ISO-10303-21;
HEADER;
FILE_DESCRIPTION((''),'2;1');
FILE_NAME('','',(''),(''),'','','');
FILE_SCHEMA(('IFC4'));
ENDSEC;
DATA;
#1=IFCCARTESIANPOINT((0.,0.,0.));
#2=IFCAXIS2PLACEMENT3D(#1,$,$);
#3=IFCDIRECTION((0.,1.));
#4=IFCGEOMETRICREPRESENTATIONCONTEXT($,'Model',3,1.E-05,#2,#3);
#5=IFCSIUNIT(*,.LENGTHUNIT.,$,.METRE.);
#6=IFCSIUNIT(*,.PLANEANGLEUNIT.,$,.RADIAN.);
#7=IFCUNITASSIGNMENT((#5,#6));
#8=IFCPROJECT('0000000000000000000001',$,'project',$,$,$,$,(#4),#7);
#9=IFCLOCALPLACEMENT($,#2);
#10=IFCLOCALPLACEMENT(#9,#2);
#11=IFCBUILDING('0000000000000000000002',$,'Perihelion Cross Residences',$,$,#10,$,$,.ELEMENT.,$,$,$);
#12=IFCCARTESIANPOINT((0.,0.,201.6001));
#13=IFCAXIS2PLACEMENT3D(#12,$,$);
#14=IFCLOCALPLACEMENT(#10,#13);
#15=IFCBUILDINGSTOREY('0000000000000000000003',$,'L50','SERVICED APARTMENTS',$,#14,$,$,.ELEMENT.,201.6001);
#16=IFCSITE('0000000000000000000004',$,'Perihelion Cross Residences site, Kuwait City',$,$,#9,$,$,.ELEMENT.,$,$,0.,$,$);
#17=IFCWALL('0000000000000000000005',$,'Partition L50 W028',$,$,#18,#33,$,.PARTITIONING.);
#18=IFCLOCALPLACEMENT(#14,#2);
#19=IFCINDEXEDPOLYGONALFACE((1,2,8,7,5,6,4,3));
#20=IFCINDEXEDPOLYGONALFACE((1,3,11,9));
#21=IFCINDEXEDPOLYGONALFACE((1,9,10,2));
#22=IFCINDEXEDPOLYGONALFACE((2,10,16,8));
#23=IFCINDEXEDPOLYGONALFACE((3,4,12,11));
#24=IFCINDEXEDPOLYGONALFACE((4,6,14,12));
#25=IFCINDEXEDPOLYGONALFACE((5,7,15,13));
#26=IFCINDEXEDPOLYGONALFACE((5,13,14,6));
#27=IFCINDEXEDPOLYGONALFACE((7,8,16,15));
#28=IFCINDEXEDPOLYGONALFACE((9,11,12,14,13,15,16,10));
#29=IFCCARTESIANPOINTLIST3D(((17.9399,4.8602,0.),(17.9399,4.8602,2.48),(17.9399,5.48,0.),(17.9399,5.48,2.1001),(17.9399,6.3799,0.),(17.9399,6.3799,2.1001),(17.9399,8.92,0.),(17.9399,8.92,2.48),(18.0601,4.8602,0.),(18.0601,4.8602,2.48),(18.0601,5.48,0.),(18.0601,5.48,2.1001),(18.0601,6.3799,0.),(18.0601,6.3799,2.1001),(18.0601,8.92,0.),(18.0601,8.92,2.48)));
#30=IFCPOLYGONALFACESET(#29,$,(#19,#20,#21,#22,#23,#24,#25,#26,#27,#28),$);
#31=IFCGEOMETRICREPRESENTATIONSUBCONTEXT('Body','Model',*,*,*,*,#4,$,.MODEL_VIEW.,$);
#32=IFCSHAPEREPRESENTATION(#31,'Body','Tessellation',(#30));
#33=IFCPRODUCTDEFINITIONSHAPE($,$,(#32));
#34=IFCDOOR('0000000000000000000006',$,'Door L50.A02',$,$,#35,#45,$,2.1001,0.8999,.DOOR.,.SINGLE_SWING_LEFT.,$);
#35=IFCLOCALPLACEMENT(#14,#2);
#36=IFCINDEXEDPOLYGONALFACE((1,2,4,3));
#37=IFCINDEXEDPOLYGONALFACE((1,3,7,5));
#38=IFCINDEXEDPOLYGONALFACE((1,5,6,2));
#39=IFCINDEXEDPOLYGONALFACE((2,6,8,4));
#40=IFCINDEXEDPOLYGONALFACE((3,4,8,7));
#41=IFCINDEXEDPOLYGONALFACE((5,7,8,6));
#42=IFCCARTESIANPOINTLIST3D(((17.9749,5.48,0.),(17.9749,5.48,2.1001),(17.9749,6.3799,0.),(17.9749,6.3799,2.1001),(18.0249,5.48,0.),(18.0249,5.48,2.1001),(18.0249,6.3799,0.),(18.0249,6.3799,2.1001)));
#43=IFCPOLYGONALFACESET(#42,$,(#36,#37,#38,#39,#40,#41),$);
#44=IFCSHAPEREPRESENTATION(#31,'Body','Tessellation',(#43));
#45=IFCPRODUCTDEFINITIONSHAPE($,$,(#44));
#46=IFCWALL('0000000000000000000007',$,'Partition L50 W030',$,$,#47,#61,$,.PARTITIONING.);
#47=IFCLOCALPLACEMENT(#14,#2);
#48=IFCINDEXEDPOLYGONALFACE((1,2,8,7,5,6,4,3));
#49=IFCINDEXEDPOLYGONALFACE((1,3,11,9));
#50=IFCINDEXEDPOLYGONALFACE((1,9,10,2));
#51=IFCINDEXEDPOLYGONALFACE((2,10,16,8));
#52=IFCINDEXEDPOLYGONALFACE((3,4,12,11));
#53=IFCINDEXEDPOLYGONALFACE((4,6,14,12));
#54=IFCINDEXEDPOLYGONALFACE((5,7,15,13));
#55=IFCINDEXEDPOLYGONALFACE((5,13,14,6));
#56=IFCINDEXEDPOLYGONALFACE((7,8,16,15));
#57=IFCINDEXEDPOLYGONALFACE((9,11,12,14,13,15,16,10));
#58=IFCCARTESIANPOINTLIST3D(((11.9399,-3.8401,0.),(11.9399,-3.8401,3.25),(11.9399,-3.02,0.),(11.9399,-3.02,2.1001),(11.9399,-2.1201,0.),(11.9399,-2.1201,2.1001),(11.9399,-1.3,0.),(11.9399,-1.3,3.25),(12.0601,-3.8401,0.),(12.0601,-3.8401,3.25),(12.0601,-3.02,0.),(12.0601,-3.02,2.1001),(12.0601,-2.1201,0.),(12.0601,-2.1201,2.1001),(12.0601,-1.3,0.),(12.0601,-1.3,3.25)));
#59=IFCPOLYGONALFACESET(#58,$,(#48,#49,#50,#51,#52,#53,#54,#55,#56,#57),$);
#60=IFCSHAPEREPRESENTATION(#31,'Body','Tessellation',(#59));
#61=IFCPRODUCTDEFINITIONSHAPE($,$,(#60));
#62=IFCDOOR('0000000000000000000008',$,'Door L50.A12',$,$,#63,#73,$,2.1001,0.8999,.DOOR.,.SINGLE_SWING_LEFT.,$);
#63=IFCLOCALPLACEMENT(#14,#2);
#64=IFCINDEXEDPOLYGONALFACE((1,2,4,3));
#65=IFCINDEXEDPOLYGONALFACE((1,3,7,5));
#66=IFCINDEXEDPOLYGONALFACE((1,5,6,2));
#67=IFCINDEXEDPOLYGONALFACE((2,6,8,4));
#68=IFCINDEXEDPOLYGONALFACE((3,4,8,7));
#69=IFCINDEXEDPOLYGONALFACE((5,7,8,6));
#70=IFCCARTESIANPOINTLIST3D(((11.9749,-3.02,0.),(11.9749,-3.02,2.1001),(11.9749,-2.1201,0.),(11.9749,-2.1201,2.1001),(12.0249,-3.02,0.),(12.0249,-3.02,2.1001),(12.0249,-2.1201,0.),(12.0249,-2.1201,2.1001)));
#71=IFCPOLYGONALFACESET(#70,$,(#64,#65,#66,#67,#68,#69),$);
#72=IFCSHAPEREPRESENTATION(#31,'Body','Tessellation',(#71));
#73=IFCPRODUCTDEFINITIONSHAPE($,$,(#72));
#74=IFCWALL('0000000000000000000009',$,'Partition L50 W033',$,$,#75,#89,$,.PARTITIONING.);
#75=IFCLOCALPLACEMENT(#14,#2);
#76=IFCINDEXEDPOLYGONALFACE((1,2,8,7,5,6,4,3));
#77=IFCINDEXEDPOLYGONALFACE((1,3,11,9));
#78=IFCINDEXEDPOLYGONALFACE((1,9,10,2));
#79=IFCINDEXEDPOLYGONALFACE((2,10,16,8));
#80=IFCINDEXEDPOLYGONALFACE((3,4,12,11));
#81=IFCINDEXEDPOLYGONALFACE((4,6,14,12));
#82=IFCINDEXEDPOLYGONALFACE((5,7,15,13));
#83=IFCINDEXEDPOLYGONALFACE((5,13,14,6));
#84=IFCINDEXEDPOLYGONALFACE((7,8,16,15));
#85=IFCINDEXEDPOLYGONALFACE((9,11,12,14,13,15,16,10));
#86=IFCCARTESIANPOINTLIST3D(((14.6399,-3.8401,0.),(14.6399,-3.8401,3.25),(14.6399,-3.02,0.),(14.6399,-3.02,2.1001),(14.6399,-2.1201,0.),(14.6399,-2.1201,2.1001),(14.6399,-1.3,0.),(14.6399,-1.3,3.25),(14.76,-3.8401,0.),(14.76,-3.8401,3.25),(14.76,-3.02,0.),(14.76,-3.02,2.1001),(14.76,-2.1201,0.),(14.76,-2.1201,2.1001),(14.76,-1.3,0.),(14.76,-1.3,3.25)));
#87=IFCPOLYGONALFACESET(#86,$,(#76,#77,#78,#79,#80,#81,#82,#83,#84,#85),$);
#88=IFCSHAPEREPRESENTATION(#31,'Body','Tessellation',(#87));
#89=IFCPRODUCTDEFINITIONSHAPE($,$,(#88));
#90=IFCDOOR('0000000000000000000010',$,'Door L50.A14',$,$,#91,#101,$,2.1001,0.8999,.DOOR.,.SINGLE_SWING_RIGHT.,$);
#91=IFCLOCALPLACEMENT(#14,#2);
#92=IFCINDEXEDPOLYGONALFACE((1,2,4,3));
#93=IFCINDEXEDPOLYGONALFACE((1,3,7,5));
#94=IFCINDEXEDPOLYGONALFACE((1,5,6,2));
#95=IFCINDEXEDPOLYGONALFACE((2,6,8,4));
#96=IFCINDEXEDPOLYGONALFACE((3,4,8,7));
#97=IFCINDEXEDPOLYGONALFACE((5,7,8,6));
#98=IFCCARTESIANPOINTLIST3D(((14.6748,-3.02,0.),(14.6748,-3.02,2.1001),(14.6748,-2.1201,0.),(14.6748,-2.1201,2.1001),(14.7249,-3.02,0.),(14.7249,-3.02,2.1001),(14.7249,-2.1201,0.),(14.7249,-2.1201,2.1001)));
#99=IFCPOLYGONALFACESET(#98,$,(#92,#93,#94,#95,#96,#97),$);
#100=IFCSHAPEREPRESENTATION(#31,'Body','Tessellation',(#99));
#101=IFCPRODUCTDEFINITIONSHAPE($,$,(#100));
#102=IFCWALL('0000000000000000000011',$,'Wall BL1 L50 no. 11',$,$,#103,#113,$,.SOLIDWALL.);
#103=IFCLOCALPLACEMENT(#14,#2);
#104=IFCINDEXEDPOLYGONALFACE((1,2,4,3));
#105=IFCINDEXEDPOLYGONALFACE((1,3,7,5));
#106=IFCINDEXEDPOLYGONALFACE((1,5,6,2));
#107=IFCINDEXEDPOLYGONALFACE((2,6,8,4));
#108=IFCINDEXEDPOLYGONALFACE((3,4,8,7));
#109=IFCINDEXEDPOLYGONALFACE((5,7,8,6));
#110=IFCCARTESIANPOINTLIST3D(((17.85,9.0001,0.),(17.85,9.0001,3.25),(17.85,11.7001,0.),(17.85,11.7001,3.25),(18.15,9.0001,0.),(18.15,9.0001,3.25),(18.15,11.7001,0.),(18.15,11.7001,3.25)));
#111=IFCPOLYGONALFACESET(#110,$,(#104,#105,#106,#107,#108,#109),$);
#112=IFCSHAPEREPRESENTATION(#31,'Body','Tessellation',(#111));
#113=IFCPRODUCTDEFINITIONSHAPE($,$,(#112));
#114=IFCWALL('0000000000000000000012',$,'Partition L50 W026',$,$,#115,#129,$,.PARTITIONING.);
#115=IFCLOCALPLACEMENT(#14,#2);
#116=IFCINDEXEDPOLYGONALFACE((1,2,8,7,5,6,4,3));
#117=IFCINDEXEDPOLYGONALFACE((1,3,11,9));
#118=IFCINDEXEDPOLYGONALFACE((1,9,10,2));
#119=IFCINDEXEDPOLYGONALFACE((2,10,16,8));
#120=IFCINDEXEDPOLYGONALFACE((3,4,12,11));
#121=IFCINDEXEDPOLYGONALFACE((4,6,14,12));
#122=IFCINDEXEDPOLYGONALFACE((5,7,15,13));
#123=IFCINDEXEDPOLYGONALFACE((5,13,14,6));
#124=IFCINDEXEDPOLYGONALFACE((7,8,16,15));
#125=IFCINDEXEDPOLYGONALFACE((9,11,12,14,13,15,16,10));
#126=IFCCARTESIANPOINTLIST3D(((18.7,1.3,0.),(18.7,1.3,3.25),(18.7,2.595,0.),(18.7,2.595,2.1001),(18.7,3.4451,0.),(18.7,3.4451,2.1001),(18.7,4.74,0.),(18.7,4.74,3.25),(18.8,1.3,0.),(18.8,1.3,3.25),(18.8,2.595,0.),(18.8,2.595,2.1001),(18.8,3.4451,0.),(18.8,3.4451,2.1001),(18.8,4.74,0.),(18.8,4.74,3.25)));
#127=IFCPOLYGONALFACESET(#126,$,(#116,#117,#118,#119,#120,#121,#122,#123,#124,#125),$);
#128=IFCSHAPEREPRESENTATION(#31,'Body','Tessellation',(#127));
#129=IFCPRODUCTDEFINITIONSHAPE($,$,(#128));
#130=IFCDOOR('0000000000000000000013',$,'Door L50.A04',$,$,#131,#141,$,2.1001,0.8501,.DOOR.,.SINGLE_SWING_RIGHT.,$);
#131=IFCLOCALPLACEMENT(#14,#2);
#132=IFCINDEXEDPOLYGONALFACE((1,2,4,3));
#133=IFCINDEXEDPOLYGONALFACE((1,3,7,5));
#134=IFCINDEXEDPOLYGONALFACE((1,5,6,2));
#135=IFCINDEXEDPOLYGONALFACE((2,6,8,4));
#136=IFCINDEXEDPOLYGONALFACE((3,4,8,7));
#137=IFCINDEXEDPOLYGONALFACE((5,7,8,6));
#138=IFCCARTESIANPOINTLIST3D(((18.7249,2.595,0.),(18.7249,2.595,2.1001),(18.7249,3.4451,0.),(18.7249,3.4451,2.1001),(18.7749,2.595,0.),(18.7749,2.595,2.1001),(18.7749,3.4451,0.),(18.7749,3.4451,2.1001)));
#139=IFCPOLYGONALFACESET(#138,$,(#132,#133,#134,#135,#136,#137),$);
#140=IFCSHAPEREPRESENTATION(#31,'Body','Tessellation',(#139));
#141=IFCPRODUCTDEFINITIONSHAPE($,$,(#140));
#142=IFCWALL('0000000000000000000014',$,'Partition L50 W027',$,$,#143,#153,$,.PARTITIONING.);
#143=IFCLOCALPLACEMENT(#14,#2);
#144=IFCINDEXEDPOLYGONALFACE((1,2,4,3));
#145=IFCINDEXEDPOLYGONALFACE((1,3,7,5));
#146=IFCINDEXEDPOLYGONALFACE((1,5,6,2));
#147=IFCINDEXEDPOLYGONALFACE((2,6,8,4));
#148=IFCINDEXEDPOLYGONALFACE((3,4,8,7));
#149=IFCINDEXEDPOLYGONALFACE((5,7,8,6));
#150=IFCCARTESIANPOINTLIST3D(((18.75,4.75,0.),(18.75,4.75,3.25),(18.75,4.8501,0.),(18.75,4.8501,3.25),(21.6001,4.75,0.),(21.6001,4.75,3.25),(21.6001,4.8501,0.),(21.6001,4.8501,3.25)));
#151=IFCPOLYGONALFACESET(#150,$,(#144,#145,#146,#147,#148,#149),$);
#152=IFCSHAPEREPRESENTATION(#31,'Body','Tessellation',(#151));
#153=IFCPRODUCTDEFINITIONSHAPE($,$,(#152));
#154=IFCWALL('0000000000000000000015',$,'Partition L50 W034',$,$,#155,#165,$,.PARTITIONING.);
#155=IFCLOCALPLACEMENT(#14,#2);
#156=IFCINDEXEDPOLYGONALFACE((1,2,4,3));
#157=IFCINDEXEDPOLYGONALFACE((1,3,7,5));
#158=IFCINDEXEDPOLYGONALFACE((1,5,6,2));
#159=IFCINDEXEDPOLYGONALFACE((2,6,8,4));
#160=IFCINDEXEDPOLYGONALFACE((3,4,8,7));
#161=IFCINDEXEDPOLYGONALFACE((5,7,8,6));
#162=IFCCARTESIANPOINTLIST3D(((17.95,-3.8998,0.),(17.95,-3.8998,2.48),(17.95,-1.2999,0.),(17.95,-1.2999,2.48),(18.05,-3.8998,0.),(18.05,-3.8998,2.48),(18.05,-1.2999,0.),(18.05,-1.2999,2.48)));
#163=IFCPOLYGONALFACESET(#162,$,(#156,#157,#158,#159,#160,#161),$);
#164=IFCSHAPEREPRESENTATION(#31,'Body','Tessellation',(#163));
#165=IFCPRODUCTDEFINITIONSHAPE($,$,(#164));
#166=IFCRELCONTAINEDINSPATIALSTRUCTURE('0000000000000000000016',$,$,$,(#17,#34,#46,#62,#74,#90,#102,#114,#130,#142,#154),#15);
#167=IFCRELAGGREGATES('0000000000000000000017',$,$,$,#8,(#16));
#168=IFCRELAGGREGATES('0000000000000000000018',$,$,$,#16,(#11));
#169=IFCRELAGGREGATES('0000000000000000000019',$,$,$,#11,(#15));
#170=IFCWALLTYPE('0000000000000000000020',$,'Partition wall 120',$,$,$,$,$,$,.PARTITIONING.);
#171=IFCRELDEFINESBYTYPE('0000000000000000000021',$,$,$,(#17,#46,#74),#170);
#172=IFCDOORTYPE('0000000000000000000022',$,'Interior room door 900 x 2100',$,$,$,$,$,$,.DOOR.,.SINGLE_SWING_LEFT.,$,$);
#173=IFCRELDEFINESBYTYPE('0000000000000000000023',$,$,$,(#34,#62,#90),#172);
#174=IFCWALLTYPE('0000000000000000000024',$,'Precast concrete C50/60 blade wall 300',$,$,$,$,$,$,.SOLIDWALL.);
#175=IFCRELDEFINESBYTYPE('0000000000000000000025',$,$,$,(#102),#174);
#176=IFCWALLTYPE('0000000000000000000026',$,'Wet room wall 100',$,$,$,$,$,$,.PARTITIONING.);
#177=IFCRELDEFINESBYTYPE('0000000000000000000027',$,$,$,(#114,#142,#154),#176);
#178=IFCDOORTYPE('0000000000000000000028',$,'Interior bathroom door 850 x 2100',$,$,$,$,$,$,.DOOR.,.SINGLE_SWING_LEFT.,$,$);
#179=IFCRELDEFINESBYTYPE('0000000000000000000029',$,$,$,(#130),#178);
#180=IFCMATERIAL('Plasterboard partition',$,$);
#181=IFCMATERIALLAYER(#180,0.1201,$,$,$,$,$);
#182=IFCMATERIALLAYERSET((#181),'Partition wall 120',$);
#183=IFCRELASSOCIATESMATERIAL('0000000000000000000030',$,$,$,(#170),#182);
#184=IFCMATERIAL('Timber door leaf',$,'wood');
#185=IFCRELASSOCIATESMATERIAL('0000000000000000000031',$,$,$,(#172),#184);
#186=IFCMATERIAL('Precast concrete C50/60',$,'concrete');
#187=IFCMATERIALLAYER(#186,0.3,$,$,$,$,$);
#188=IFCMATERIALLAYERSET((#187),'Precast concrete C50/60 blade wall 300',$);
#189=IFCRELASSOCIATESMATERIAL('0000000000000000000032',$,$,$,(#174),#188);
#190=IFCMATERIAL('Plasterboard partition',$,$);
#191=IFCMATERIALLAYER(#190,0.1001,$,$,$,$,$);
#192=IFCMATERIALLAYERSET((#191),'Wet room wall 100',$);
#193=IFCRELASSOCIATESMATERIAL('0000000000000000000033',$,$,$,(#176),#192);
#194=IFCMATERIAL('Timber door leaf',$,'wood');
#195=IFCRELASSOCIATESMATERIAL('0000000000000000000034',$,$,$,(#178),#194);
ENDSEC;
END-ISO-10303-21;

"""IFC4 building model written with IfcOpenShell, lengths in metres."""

from ifc_helpers import new_model, si_unit, direction, frame, frame_2d, origin, place, context, subcontext, project, spatial, rectangle, extrude, material, layer, layer_set, type_object, element, fill, save


model = new_model("IFC4")

# Units and contexts
model_context = context("Model", 3, precision=1e-05, world=origin(), true_north=direction((0.0, 1.0)))
body_context = subcontext(model_context, "Body", "Model", "MODEL_VIEW")
ifc_project = project(units=[si_unit("LENGTHUNIT", "METRE"), si_unit("PLANEANGLEUNIT", "RADIAN")], contexts=[model_context])

# Site, building, storey
site_placement = place(None, origin())
site = spatial("IfcSite", under=ifc_project, at=site_placement, Name="Perihelion Cross Residences site, Kuwait City", CompositionType="ELEMENT", RefElevation=0.0)
building_placement = place(site_placement, origin())
building = spatial("IfcBuilding", under=site, at=building_placement, Name="Perihelion Cross Residences", CompositionType="ELEMENT")
storey_placement = place(building_placement, frame((0.0, 0.0, 201.6001)))
storey = spatial("IfcBuildingStorey", under=building, at=storey_placement, Name="L50", Description="SERVICED APARTMENTS", CompositionType="ELEMENT", Elevation=201.6001)

# Shared definitions
ifc_material_1 = material(Name="Plasterboard partition")
ifc_layer_1 = layer(ifc_material_1, 0.1201)
ifc_layer_set_1 = layer_set([ifc_layer_1], Name="Partition wall 120")
wall_type_1 = type_object("IfcWallType", Name="Partition wall 120", PredefinedType="PARTITIONING", material=ifc_layer_set_1)

# Walls, openings, doors
ifc_material_2 = material(Name="Timber door leaf", Category="wood")
door_type_1 = type_object("IfcDoorType", Name="Interior room door 900 x 2100", OperationType="SINGLE_SWING_LEFT", PredefinedType="DOOR", material=ifc_material_2)
wall_1_placement = place(storey_placement, frame((18.0, 8.9199, 0.0), z_axis=(0.0, 0.0, 1.0), x_axis=(0.0, -1.0, 0.0)))
wall_1 = element("IfcWall", 1, at=wall_1_placement, inside=storey, type_object=wall_type_1, Name="Partition L50 W028", PredefinedType="PARTITIONING", context=body_context, shape_type="SweptSolid", body=[
    extrude(rectangle(XDim=4.0598, YDim=0.1201, at=frame_2d((2.0298, 0.0))), origin(), (0.0, 0.0, 1.0), 2.48),
])
opening_1_placement = place(wall_1_placement, frame((2.54, 0.0, 0.0)))
opening_1 = element("IfcOpeningElement", 2, at=opening_1_placement, cuts=wall_1, PredefinedType="OPENING", context=body_context, shape_type="SweptSolid", body=[
    extrude(rectangle(XDim=0.8999, YDim=2.1001, at=frame_2d((0.45, 1.05))), frame((0.0, 0.0701, 0.0), z_axis=(0.0, -1.0, 0.0), x_axis=(1.0, 0.0, 0.0)), (0.0, 0.0, 1.0), 0.1401),
])
door_1_placement = place(opening_1_placement, origin())
door_1 = element("IfcDoor", 3, at=door_1_placement, inside=storey, type_object=door_type_1, Name="Door L50.A02", OperationType="SINGLE_SWING_LEFT", OverallHeight=2.1001, OverallWidth=0.8999, PredefinedType="DOOR", context=body_context, shape_type="SweptSolid", body=[
    extrude(rectangle(XDim=0.8999, YDim=2.1001, at=frame_2d((0.45, 1.05))), frame((0.0, 0.0249, 0.0), z_axis=(0.0, -1.0, 0.0), x_axis=(1.0, 0.0, 0.0)), (0.0, 0.0, 1.0), 0.05),
])
fill(opening_1, door_1)
wall_2_placement = place(storey_placement, frame((12.0, -1.3, 0.0), z_axis=(0.0, 0.0, 1.0), x_axis=(0.0, -1.0, 0.0)))
wall_2 = element("IfcWall", 4, at=wall_2_placement, inside=storey, type_object=wall_type_1, Name="Partition L50 W030", PredefinedType="PARTITIONING", context=body_context, shape_type="SweptSolid", body=[
    extrude(rectangle(XDim=2.54, YDim=0.1201, at=frame_2d((1.27, 0.0))), origin(), (0.0, 0.0, 1.0), 3.25),
])
opening_2_placement = place(wall_2_placement, frame((0.8201, 0.0, 0.0)))
opening_2 = element("IfcOpeningElement", 5, at=opening_2_placement, cuts=wall_2, PredefinedType="OPENING", context=body_context, shape_type="SweptSolid", body=[
    extrude(rectangle(XDim=0.8999, YDim=2.1001, at=frame_2d((0.45, 1.05))), frame((0.0, 0.0701, 0.0), z_axis=(0.0, -1.0, 0.0), x_axis=(1.0, 0.0, 0.0)), (0.0, 0.0, 1.0), 0.1401),
])
door_2_placement = place(opening_2_placement, origin())
door_2 = element("IfcDoor", 6, at=door_2_placement, inside=storey, type_object=door_type_1, Name="Door L50.A12", OperationType="SINGLE_SWING_LEFT", OverallHeight=2.1001, OverallWidth=0.8999, PredefinedType="DOOR", context=body_context, shape_type="SweptSolid", body=[
    extrude(rectangle(XDim=0.8999, YDim=2.1001, at=frame_2d((0.45, 1.05))), frame((0.0, 0.0249, 0.0), z_axis=(0.0, -1.0, 0.0), x_axis=(1.0, 0.0, 0.0)), (0.0, 0.0, 1.0), 0.05),
])
fill(opening_2, door_2)
wall_3_placement = place(storey_placement, frame((14.7, -1.3, 0.0), z_axis=(0.0, 0.0, 1.0), x_axis=(0.0, -1.0, 0.0)))
wall_3 = element("IfcWall", 7, at=wall_3_placement, inside=storey, type_object=wall_type_1, Name="Partition L50 W033", PredefinedType="PARTITIONING", context=body_context, shape_type="SweptSolid", body=[
    extrude(rectangle(XDim=2.54, YDim=0.1201, at=frame_2d((1.27, 0.0))), origin(), (0.0, 0.0, 1.0), 3.25),
])
opening_3_placement = place(wall_3_placement, frame((0.8201, 0.0, 0.0)))
opening_3 = element("IfcOpeningElement", 8, at=opening_3_placement, cuts=wall_3, PredefinedType="OPENING", context=body_context, shape_type="SweptSolid", body=[
    extrude(rectangle(XDim=0.8999, YDim=2.1001, at=frame_2d((0.45, 1.05))), frame((0.0, 0.0701, 0.0), z_axis=(0.0, -1.0, 0.0), x_axis=(1.0, 0.0, 0.0)), (0.0, 0.0, 1.0), 0.1401),
])
door_3_placement = place(opening_3_placement, origin())
door_3 = element("IfcDoor", 9, at=door_3_placement, inside=storey, type_object=door_type_1, Name="Door L50.A14", OperationType="SINGLE_SWING_RIGHT", OverallHeight=2.1001, OverallWidth=0.8999, PredefinedType="DOOR", context=body_context, shape_type="SweptSolid", body=[
    extrude(rectangle(XDim=0.8999, YDim=2.1001, at=frame_2d((0.45, 1.05))), frame((0.0, 0.0249, 0.0), z_axis=(0.0, -1.0, 0.0), x_axis=(1.0, 0.0, 0.0)), (0.0, 0.0, 1.0), 0.05),
])
fill(opening_3, door_3)

# Wall
ifc_material_3 = material(Name="Precast concrete C50/60", Category="concrete")
ifc_layer_2 = layer(ifc_material_3, 0.3)
ifc_layer_set_2 = layer_set([ifc_layer_2], Name="Precast concrete C50/60 blade wall 300")
wall_type_2 = type_object("IfcWallType", Name="Precast concrete C50/60 blade wall 300", PredefinedType="SOLIDWALL", material=ifc_layer_set_2)
wall_4_placement = place(storey_placement, frame((18.0, 9.0, 0.0), z_axis=(0.0, 0.0, 1.0), x_axis=(0.0, 1.0, 0.0)))
element("IfcWall", 10, at=wall_4_placement, inside=storey, type_object=wall_type_2, Name="Wall BL1 L50 no. 11", PredefinedType="SOLIDWALL", context=body_context, shape_type="SweptSolid", body=[
    extrude(rectangle(XDim=2.7, YDim=0.3, at=frame_2d((1.3501, 0.0))), origin(), (0.0, 0.0, 1.0), 3.25),
])

# Wall, opening, door
ifc_material_4 = material(Name="Plasterboard partition")
ifc_layer_3 = layer(ifc_material_4, 0.1001)
ifc_layer_set_3 = layer_set([ifc_layer_3], Name="Wet room wall 100")
wall_type_3 = type_object("IfcWallType", Name="Wet room wall 100", PredefinedType="PARTITIONING", material=ifc_layer_set_3)
wall_5_placement = place(storey_placement, frame((18.75, 4.74, 0.0), z_axis=(0.0, 0.0, 1.0), x_axis=(0.0, -1.0, 0.0)))
wall_5 = element("IfcWall", 11, at=wall_5_placement, inside=storey, type_object=wall_type_3, Name="Partition L50 W026", PredefinedType="PARTITIONING", context=body_context, shape_type="SweptSolid", body=[
    extrude(rectangle(XDim=3.4399, YDim=0.1001, at=frame_2d((1.72, 0.0))), origin(), (0.0, 0.0, 1.0), 3.25),
])
opening_4_placement = place(wall_5_placement, frame((1.2949, 0.0, 0.0)))
opening_4 = element("IfcOpeningElement", 12, at=opening_4_placement, cuts=wall_5, PredefinedType="OPENING", context=body_context, shape_type="SweptSolid", body=[
    extrude(rectangle(XDim=0.8501, YDim=2.1001, at=frame_2d((0.425, 1.05))), frame((0.0, 0.0601, 0.0), z_axis=(0.0, -1.0, 0.0), x_axis=(1.0, 0.0, 0.0)), (0.0, 0.0, 1.0), 0.1201),
])
ifc_material_5 = material(Name="Timber door leaf", Category="wood")
door_type_2 = type_object("IfcDoorType", Name="Interior bathroom door 850 x 2100", OperationType="SINGLE_SWING_LEFT", PredefinedType="DOOR", material=ifc_material_5)
door_4_placement = place(opening_4_placement, origin())
door_4 = element("IfcDoor", 13, at=door_4_placement, inside=storey, type_object=door_type_2, Name="Door L50.A04", OperationType="SINGLE_SWING_RIGHT", OverallHeight=2.1001, OverallWidth=0.8501, PredefinedType="DOOR", context=body_context, shape_type="SweptSolid", body=[
    extrude(rectangle(XDim=0.8501, YDim=2.1001, at=frame_2d((0.425, 1.05))), frame((0.0, 0.0249, 0.0), z_axis=(0.0, -1.0, 0.0), x_axis=(1.0, 0.0, 0.0)), (0.0, 0.0, 1.0), 0.05),
])
fill(opening_4, door_4)

# Walls
wall_6_placement = place(storey_placement, frame((18.75, 4.8, 0.0), z_axis=(0.0, 0.0, 1.0), x_axis=(1.0, 0.0, 0.0)))
element("IfcWall", 14, at=wall_6_placement, inside=storey, type_object=wall_type_3, Name="Partition L50 W027", PredefinedType="PARTITIONING", context=body_context, shape_type="SweptSolid", body=[
    extrude(rectangle(XDim=2.8501, YDim=0.1001, at=frame_2d((1.425, 0.0))), origin(), (0.0, 0.0, 1.0), 3.25),
])
wall_7_placement = place(storey_placement, frame((18.0, -1.3, 0.0), z_axis=(0.0, 0.0, 1.0), x_axis=(0.0, -1.0, 0.0)))
element("IfcWall", 15, at=wall_7_placement, inside=storey, type_object=wall_type_3, Name="Partition L50 W034", PredefinedType="PARTITIONING", context=body_context, shape_type="SweptSolid", body=[
    extrude(rectangle(XDim=2.5999, YDim=0.1001, at=frame_2d((1.2998, 0.0))), origin(), (0.0, 0.0, 1.0), 2.48),
])

save(model, "model.ifc")
